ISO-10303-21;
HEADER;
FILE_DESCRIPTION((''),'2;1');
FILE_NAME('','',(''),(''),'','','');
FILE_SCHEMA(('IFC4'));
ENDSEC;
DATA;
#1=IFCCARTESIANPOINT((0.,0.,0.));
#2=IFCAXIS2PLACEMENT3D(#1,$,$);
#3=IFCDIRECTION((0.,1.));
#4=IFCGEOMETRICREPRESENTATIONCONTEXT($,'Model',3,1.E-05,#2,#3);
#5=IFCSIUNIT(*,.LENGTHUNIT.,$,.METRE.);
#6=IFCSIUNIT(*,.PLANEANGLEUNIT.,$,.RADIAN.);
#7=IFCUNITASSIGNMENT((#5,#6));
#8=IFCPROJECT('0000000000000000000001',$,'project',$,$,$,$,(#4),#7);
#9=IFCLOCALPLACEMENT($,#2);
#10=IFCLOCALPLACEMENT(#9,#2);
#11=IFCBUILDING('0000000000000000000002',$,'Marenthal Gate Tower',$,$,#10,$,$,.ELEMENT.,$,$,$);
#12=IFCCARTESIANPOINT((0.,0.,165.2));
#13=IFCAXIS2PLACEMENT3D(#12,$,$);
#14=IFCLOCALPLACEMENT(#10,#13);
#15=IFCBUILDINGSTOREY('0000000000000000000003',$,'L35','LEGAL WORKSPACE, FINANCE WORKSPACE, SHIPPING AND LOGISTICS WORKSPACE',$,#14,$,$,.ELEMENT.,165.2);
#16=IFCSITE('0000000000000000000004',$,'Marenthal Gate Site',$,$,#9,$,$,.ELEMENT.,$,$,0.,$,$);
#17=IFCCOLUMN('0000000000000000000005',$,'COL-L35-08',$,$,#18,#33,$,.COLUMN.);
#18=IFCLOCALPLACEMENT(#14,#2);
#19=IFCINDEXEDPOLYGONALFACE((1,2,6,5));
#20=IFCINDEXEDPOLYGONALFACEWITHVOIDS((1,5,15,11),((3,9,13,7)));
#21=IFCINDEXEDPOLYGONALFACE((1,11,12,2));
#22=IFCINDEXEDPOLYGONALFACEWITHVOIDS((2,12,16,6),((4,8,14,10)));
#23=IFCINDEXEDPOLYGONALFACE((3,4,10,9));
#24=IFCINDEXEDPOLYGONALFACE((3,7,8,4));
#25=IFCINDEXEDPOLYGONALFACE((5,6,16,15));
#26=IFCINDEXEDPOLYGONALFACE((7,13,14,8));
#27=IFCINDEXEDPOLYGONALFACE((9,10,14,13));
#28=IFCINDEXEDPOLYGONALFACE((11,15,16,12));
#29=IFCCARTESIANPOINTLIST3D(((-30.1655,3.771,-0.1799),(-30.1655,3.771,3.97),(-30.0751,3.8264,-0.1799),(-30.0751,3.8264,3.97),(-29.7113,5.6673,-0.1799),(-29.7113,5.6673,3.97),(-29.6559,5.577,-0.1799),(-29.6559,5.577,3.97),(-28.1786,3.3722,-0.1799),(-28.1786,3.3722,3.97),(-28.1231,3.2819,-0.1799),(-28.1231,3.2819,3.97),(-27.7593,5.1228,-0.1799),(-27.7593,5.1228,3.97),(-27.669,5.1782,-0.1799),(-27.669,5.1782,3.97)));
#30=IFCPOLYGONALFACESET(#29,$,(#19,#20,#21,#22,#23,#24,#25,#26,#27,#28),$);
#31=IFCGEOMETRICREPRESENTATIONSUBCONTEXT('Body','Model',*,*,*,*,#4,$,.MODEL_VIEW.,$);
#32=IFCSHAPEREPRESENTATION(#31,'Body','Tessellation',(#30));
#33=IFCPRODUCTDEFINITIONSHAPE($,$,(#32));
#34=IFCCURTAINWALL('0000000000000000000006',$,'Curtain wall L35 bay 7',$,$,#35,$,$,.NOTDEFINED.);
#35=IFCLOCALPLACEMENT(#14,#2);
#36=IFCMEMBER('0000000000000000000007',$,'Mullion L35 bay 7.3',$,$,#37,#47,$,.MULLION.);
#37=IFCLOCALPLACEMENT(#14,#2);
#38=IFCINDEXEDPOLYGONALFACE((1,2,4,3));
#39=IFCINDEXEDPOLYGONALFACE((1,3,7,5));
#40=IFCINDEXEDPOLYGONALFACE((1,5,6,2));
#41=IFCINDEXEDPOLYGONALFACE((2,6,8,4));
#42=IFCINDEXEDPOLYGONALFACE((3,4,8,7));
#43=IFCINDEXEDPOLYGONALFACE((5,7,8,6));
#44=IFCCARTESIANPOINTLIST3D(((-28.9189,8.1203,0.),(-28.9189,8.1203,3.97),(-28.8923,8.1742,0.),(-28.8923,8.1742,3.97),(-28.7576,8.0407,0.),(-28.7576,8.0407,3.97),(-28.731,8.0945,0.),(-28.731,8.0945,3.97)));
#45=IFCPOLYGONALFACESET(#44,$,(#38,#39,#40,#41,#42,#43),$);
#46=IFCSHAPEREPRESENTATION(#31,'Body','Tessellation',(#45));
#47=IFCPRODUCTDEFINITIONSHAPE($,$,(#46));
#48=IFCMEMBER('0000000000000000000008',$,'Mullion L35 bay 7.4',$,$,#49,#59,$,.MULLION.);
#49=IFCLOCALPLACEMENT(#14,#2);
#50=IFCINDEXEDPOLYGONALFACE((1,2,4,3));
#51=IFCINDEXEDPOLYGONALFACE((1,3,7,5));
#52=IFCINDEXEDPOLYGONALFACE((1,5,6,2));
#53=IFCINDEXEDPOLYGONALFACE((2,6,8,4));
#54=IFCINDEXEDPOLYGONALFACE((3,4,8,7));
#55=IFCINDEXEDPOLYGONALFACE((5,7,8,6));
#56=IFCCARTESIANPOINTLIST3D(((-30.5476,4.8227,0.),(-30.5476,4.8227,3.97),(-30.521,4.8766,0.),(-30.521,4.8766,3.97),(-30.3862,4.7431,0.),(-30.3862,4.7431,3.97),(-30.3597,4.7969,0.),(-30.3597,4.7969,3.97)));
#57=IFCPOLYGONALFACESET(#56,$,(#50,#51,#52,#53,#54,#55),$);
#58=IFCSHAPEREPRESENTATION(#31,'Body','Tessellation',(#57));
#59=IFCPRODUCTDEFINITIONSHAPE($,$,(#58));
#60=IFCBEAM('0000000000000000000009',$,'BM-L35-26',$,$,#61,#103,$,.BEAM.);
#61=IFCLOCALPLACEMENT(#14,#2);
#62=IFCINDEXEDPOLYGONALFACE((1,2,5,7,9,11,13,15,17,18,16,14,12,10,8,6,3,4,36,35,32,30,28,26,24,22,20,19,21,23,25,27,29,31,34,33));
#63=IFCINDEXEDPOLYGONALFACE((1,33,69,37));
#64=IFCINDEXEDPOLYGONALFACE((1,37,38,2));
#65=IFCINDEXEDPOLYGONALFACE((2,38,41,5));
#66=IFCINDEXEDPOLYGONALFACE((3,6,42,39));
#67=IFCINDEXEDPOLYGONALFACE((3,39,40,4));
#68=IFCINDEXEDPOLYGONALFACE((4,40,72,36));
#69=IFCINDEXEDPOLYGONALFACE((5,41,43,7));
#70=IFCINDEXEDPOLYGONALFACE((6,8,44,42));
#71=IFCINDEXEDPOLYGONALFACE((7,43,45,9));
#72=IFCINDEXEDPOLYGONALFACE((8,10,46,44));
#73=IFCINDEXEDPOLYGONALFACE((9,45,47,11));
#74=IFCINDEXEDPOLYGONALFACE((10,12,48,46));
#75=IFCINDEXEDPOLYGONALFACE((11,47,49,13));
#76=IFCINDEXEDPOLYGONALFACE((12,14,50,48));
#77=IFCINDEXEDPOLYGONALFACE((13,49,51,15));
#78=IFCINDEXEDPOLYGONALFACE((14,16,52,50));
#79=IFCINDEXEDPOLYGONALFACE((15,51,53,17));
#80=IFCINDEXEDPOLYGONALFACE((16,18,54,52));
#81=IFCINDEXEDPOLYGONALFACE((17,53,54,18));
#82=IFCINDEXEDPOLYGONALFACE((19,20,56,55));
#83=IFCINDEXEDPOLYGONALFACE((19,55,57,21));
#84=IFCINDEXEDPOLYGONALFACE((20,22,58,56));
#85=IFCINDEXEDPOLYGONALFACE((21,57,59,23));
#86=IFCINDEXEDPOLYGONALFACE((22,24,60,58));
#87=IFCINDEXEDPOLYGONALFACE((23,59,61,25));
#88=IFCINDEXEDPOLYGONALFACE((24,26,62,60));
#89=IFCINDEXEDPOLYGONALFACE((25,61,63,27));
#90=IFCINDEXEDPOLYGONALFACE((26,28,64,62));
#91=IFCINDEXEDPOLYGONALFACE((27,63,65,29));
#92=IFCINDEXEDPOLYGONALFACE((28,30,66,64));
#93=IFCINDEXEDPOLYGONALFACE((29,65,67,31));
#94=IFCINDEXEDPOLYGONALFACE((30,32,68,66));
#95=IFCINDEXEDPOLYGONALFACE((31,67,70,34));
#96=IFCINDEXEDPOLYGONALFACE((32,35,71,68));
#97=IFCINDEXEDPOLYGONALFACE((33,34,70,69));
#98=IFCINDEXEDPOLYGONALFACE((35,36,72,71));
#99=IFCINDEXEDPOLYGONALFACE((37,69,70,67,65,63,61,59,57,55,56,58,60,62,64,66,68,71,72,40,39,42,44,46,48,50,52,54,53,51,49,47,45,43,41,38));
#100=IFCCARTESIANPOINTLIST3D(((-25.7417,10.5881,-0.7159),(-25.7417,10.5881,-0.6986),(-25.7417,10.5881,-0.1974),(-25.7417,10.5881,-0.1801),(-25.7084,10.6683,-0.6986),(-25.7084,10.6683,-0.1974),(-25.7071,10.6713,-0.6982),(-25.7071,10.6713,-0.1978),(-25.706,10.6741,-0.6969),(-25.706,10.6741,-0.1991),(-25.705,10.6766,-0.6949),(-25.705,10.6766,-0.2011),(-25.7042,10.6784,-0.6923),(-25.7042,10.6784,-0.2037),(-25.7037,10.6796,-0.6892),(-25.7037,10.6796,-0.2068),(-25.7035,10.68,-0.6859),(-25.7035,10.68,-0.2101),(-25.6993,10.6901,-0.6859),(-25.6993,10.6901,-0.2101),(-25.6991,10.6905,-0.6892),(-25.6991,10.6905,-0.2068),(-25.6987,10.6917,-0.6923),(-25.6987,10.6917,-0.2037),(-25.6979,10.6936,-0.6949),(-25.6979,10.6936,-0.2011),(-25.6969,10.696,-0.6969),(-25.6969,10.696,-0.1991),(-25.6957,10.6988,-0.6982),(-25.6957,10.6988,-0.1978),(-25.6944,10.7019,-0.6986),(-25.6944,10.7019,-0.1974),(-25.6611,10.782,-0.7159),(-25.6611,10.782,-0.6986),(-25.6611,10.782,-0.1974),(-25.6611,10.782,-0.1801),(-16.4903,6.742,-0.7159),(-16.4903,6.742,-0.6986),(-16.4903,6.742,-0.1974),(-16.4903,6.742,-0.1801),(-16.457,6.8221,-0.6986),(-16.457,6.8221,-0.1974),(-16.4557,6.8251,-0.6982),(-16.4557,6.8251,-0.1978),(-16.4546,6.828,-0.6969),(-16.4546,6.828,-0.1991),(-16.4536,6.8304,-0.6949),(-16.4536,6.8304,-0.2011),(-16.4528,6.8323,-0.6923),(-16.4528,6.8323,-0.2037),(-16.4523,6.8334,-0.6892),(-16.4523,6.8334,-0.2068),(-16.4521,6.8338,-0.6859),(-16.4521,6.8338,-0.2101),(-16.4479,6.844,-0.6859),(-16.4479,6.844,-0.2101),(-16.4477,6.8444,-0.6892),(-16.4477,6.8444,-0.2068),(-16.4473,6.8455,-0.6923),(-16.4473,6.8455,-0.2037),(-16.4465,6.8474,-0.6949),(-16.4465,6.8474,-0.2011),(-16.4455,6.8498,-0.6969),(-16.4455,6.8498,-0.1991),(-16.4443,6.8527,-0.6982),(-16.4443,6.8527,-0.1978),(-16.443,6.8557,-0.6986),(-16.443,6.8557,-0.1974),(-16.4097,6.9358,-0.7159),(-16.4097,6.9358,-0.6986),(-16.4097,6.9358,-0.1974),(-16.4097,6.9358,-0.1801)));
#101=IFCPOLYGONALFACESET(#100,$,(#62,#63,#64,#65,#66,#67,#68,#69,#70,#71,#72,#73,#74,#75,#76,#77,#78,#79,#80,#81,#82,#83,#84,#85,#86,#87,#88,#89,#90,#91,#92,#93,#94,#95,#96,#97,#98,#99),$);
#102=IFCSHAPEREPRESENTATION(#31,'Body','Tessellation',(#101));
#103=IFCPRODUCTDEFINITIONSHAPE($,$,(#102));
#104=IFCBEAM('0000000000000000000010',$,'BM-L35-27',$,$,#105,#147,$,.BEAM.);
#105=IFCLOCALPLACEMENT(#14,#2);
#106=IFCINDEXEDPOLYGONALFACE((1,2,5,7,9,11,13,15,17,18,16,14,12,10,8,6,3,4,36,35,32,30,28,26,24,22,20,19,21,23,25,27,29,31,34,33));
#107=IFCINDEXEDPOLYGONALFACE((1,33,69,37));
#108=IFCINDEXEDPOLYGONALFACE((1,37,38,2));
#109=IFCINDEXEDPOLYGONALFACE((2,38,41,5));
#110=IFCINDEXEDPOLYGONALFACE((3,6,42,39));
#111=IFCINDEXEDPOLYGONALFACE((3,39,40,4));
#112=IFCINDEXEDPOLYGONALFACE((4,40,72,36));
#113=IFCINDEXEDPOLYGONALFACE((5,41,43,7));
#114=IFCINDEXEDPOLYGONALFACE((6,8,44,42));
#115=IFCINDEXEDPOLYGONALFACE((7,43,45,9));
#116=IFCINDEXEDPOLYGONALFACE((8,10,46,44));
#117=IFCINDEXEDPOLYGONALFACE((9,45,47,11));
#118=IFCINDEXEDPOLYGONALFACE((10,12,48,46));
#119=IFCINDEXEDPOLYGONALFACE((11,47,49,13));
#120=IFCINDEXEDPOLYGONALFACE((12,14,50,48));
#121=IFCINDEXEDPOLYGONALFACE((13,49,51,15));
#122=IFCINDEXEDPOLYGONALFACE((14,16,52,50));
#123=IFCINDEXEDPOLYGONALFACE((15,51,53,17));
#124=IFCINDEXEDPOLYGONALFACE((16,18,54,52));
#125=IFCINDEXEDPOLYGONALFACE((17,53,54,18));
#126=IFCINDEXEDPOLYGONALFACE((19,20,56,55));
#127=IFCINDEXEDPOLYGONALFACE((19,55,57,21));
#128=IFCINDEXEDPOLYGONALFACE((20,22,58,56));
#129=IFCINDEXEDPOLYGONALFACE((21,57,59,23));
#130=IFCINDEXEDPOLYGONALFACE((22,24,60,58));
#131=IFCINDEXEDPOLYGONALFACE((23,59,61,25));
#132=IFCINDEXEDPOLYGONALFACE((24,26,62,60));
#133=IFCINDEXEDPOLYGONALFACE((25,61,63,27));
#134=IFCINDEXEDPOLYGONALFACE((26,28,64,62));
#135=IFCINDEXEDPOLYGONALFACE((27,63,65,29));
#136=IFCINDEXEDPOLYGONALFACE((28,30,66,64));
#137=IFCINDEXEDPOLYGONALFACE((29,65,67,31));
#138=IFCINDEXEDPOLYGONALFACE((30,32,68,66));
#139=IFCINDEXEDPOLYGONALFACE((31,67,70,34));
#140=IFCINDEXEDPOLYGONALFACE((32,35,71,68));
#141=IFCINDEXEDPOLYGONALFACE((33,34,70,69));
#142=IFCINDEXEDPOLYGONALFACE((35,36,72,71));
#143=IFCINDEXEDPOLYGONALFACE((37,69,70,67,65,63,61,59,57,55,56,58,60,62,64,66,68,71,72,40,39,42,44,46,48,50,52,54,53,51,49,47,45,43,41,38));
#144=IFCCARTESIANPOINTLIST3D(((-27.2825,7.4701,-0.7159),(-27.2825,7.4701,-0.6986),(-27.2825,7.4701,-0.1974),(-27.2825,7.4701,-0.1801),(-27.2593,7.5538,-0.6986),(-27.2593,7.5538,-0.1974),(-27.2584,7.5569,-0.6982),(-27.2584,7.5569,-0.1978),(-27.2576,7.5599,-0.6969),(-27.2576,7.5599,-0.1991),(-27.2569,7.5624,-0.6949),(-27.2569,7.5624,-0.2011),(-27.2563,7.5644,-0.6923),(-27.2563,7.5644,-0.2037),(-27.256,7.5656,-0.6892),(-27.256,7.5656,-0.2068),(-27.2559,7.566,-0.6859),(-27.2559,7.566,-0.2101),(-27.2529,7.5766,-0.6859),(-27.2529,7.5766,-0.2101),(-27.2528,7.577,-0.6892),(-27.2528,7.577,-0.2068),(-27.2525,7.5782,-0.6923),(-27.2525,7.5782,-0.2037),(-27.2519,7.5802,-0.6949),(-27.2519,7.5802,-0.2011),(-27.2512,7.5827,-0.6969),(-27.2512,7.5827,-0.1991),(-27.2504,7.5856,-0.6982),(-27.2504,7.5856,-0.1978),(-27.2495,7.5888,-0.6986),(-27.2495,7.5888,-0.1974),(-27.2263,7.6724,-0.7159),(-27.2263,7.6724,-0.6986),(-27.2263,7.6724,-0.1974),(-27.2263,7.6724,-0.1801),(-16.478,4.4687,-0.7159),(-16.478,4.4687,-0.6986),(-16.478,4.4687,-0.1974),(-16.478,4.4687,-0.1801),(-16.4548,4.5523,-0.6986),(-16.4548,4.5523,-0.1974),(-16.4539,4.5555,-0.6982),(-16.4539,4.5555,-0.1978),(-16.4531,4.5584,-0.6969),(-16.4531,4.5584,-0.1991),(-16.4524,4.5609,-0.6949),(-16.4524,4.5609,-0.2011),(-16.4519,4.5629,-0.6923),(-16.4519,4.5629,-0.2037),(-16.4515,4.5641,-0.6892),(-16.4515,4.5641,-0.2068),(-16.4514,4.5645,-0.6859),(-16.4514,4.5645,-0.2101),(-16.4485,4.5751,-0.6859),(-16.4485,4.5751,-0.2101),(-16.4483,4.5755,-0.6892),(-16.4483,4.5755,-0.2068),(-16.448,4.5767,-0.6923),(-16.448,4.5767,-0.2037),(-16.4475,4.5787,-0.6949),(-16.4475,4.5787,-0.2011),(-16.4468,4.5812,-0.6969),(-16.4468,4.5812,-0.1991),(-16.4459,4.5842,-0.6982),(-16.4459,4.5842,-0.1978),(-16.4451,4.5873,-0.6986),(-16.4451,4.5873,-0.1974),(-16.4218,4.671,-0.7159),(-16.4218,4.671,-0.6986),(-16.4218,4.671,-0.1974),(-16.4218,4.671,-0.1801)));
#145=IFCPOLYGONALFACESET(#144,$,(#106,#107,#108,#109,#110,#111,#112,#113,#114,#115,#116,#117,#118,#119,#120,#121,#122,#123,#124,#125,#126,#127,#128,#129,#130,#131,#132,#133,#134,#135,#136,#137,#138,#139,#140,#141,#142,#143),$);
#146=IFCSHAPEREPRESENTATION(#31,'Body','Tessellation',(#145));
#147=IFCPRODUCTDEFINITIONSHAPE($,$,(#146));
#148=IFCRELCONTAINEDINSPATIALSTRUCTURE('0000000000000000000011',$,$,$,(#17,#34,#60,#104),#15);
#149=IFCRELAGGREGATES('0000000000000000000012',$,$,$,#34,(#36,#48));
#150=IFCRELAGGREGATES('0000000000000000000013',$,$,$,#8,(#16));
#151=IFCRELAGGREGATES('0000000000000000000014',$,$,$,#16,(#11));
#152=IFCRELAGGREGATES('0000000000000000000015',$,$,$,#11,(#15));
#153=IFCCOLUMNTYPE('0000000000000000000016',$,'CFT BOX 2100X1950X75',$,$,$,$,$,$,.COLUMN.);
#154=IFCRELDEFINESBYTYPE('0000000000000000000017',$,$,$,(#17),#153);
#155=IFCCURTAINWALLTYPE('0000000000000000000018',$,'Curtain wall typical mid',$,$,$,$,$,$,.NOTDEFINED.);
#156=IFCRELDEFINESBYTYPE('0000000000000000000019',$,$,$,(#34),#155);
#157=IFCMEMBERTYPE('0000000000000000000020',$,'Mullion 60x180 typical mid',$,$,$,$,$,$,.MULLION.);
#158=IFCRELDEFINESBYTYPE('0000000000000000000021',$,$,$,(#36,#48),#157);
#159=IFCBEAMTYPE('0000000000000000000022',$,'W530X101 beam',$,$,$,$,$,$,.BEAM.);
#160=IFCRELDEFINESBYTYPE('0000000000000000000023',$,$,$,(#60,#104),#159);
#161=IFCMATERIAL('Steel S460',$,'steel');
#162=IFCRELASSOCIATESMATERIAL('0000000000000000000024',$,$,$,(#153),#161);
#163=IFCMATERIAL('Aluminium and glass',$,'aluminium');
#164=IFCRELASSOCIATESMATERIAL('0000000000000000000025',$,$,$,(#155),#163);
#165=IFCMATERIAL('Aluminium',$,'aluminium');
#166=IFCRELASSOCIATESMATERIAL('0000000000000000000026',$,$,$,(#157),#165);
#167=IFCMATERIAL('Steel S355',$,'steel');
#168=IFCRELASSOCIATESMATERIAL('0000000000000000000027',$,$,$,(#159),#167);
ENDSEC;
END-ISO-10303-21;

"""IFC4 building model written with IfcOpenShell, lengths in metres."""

from ifc_helpers import new_model, si_unit, direction, frame, origin, origin_2d, place, context, subcontext, project, spatial, rectangle, hollow_rectangle, i_section, extrude, material, material_profile, profile_set, type_object, element, aggregate, save


model = new_model("IFC4")

# Units and contexts
model_context = context("Model", 3, precision=1e-05, world=origin(), true_north=direction((0.0, 1.0)))
body_context = subcontext(model_context, "Body", "Model", "MODEL_VIEW")
ifc_project = project(units=[si_unit("LENGTHUNIT", "METRE"), si_unit("PLANEANGLEUNIT", "RADIAN")], contexts=[model_context])

# Site, building, storey
site_placement = place(None, origin())
site = spatial("IfcSite", under=ifc_project, at=site_placement, Name="Marenthal Gate Site", CompositionType="ELEMENT", RefElevation=0.0)
building_placement = place(site_placement, origin())
building = spatial("IfcBuilding", under=site, at=building_placement, Name="Marenthal Gate Tower", CompositionType="ELEMENT")
storey_placement = place(building_placement, frame((0.0, 0.0, 165.2)))
storey = spatial("IfcBuildingStorey", under=building, at=storey_placement, Name="L35", Description="LEGAL WORKSPACE, FINANCE WORKSPACE, SHIPPING AND LOGISTICS WORKSPACE", CompositionType="ELEMENT", Elevation=165.2)

# Column
ifc_material_1 = material(Name="Steel S460", Category="steel")
ifc_material_profile_1 = material_profile(ifc_material_1, hollow_rectangle(XDim=1.95, YDim=2.1001, WallThickness=0.075, at=origin_2d()), Name="CFT BOX 2100X1950X75")
ifc_material_2 = material(Name="Concrete 70 MPa", Category="concrete")
ifc_material_profile_2 = material_profile(ifc_material_2, rectangle(XDim=1.8, YDim=1.95, at=origin_2d()), Name="CFT BOX 2100X1950X75 INFILL")
ifc_profile_set_1 = profile_set([ifc_material_profile_1, ifc_material_profile_2], Name="Steel S460 shell, Concrete 70 MPa infill")
column_type = type_object("IfcColumnType", Name="CFT BOX 2100X1950X75", PredefinedType="COLUMN", material=ifc_profile_set_1)
column_placement = place(storey_placement, frame((-28.9172, 4.4746, -0.1799), z_axis=(0.0, 0.0, 1.0), x_axis=(0.232909, 0.972499, 0.0)))
element("IfcColumn", 1, at=column_placement, inside=storey, type_object=column_type, Name="COL-L35-08", PredefinedType="COLUMN", context=body_context, shape_type="SweptSolid", body=[
    extrude(hollow_rectangle(XDim=1.95, YDim=2.1001, WallThickness=0.075, at=origin_2d()), origin(), (0.0, 0.0, 1.0), 4.1499),
])

# Curtain wall, members
ifc_material_3 = material(Name="Aluminium and glass", Category="aluminium")
curtain_wall_type = type_object("IfcCurtainWallType", Name="Curtain wall typical mid", PredefinedType="NOTDEFINED", material=ifc_material_3)
curtain_wall_placement = place(storey_placement, origin())
curtain_wall = element("IfcCurtainWall", 2, at=curtain_wall_placement, inside=storey, type_object=curtain_wall_type, Name="Curtain wall L35 bay 7", PredefinedType="NOTDEFINED")
ifc_material_4 = material(Name="Aluminium", Category="aluminium")
ifc_material_profile_3 = material_profile(ifc_material_4, rectangle(XDim=0.1799, YDim=0.0601, at=origin_2d()), Name="60x180 aluminium mullion")
ifc_profile_set_2 = profile_set([ifc_material_profile_3], Name="Aluminium")
member_type = type_object("IfcMemberType", Name="Mullion 60x180 typical mid", PredefinedType="MULLION", material=ifc_profile_set_2)
member_1_placement = place(storey_placement, frame((-28.825, 8.1074, 0.0), z_axis=(0.0, 0.0, 1.0), x_axis=(0.896609, -0.442824, 0.0)))
member_1 = element("IfcMember", 3, at=member_1_placement, type_object=member_type, Name="Mullion L35 bay 7.3", PredefinedType="MULLION", context=body_context, shape_type="SweptSolid", body=[
    extrude(rectangle(XDim=0.1799, YDim=0.0601, at=origin_2d()), origin(), (0.0, 0.0, 1.0), 3.97),
])
member_2_placement = place(storey_placement, frame((-30.4536, 4.8098, 0.0), z_axis=(0.0, 0.0, 1.0), x_axis=(0.896609, -0.442824, 0.0)))
member_2 = element("IfcMember", 4, at=member_2_placement, type_object=member_type, Name="Mullion L35 bay 7.4", PredefinedType="MULLION", context=body_context, shape_type="SweptSolid", body=[
    extrude(rectangle(XDim=0.1799, YDim=0.0601, at=origin_2d()), origin(), (0.0, 0.0, 1.0), 3.97),
])

# Beams
ifc_material_5 = material(Name="Steel S355", Category="steel")
ifc_material_profile_4 = material_profile(ifc_material_5, i_section(OverallWidth=0.21, OverallDepth=0.5359, WebThickness=0.011, FlangeThickness=0.0173, FilletRadius=0.0127, at=origin_2d()), Name="W530X101")
ifc_profile_set_3 = profile_set([ifc_material_profile_4], Name="Steel S355")
beam_type_1 = type_object("IfcBeamType", Name="W530X101 beam", PredefinedType="BEAM", material=ifc_profile_set_3)
beam_1_placement = place(storey_placement, frame((-25.7014, 10.6851, -0.448), z_axis=(0.923381, -0.383885, 0.0), x_axis=(0.383885, 0.923381, 0.0)))
element("IfcBeam", 5, at=beam_1_placement, inside=storey, type_object=beam_type_1, Name="BM-L35-26", PredefinedType="BEAM", context=body_context, shape_type="SweptSolid", body=[
    extrude(i_section(OverallWidth=0.21, OverallDepth=0.5359, WebThickness=0.011, FlangeThickness=0.0173, FilletRadius=0.0127, at=origin_2d()), origin(), (0.0, 0.0, 1.0), 10.019),
])
beam_2_placement = place(storey_placement, frame((-27.2544, 7.5713, -0.448), z_axis=(0.963513, -0.267663, 0.0), x_axis=(0.267663, 0.963513, 0.0)))
element("IfcBeam", 6, at=beam_2_placement, inside=storey, type_object=beam_type_1, Name="BM-L35-27", PredefinedType="BEAM", context=body_context, shape_type="SweptSolid", body=[
    extrude(i_section(OverallWidth=0.21, OverallDepth=0.5359, WebThickness=0.011, FlangeThickness=0.0173, FilletRadius=0.0127, at=origin_2d()), origin(), (0.0, 0.0, 1.0), 11.2136),
])

aggregate(curtain_wall, [member_1, member_2])

save(model, "model.ifc")
